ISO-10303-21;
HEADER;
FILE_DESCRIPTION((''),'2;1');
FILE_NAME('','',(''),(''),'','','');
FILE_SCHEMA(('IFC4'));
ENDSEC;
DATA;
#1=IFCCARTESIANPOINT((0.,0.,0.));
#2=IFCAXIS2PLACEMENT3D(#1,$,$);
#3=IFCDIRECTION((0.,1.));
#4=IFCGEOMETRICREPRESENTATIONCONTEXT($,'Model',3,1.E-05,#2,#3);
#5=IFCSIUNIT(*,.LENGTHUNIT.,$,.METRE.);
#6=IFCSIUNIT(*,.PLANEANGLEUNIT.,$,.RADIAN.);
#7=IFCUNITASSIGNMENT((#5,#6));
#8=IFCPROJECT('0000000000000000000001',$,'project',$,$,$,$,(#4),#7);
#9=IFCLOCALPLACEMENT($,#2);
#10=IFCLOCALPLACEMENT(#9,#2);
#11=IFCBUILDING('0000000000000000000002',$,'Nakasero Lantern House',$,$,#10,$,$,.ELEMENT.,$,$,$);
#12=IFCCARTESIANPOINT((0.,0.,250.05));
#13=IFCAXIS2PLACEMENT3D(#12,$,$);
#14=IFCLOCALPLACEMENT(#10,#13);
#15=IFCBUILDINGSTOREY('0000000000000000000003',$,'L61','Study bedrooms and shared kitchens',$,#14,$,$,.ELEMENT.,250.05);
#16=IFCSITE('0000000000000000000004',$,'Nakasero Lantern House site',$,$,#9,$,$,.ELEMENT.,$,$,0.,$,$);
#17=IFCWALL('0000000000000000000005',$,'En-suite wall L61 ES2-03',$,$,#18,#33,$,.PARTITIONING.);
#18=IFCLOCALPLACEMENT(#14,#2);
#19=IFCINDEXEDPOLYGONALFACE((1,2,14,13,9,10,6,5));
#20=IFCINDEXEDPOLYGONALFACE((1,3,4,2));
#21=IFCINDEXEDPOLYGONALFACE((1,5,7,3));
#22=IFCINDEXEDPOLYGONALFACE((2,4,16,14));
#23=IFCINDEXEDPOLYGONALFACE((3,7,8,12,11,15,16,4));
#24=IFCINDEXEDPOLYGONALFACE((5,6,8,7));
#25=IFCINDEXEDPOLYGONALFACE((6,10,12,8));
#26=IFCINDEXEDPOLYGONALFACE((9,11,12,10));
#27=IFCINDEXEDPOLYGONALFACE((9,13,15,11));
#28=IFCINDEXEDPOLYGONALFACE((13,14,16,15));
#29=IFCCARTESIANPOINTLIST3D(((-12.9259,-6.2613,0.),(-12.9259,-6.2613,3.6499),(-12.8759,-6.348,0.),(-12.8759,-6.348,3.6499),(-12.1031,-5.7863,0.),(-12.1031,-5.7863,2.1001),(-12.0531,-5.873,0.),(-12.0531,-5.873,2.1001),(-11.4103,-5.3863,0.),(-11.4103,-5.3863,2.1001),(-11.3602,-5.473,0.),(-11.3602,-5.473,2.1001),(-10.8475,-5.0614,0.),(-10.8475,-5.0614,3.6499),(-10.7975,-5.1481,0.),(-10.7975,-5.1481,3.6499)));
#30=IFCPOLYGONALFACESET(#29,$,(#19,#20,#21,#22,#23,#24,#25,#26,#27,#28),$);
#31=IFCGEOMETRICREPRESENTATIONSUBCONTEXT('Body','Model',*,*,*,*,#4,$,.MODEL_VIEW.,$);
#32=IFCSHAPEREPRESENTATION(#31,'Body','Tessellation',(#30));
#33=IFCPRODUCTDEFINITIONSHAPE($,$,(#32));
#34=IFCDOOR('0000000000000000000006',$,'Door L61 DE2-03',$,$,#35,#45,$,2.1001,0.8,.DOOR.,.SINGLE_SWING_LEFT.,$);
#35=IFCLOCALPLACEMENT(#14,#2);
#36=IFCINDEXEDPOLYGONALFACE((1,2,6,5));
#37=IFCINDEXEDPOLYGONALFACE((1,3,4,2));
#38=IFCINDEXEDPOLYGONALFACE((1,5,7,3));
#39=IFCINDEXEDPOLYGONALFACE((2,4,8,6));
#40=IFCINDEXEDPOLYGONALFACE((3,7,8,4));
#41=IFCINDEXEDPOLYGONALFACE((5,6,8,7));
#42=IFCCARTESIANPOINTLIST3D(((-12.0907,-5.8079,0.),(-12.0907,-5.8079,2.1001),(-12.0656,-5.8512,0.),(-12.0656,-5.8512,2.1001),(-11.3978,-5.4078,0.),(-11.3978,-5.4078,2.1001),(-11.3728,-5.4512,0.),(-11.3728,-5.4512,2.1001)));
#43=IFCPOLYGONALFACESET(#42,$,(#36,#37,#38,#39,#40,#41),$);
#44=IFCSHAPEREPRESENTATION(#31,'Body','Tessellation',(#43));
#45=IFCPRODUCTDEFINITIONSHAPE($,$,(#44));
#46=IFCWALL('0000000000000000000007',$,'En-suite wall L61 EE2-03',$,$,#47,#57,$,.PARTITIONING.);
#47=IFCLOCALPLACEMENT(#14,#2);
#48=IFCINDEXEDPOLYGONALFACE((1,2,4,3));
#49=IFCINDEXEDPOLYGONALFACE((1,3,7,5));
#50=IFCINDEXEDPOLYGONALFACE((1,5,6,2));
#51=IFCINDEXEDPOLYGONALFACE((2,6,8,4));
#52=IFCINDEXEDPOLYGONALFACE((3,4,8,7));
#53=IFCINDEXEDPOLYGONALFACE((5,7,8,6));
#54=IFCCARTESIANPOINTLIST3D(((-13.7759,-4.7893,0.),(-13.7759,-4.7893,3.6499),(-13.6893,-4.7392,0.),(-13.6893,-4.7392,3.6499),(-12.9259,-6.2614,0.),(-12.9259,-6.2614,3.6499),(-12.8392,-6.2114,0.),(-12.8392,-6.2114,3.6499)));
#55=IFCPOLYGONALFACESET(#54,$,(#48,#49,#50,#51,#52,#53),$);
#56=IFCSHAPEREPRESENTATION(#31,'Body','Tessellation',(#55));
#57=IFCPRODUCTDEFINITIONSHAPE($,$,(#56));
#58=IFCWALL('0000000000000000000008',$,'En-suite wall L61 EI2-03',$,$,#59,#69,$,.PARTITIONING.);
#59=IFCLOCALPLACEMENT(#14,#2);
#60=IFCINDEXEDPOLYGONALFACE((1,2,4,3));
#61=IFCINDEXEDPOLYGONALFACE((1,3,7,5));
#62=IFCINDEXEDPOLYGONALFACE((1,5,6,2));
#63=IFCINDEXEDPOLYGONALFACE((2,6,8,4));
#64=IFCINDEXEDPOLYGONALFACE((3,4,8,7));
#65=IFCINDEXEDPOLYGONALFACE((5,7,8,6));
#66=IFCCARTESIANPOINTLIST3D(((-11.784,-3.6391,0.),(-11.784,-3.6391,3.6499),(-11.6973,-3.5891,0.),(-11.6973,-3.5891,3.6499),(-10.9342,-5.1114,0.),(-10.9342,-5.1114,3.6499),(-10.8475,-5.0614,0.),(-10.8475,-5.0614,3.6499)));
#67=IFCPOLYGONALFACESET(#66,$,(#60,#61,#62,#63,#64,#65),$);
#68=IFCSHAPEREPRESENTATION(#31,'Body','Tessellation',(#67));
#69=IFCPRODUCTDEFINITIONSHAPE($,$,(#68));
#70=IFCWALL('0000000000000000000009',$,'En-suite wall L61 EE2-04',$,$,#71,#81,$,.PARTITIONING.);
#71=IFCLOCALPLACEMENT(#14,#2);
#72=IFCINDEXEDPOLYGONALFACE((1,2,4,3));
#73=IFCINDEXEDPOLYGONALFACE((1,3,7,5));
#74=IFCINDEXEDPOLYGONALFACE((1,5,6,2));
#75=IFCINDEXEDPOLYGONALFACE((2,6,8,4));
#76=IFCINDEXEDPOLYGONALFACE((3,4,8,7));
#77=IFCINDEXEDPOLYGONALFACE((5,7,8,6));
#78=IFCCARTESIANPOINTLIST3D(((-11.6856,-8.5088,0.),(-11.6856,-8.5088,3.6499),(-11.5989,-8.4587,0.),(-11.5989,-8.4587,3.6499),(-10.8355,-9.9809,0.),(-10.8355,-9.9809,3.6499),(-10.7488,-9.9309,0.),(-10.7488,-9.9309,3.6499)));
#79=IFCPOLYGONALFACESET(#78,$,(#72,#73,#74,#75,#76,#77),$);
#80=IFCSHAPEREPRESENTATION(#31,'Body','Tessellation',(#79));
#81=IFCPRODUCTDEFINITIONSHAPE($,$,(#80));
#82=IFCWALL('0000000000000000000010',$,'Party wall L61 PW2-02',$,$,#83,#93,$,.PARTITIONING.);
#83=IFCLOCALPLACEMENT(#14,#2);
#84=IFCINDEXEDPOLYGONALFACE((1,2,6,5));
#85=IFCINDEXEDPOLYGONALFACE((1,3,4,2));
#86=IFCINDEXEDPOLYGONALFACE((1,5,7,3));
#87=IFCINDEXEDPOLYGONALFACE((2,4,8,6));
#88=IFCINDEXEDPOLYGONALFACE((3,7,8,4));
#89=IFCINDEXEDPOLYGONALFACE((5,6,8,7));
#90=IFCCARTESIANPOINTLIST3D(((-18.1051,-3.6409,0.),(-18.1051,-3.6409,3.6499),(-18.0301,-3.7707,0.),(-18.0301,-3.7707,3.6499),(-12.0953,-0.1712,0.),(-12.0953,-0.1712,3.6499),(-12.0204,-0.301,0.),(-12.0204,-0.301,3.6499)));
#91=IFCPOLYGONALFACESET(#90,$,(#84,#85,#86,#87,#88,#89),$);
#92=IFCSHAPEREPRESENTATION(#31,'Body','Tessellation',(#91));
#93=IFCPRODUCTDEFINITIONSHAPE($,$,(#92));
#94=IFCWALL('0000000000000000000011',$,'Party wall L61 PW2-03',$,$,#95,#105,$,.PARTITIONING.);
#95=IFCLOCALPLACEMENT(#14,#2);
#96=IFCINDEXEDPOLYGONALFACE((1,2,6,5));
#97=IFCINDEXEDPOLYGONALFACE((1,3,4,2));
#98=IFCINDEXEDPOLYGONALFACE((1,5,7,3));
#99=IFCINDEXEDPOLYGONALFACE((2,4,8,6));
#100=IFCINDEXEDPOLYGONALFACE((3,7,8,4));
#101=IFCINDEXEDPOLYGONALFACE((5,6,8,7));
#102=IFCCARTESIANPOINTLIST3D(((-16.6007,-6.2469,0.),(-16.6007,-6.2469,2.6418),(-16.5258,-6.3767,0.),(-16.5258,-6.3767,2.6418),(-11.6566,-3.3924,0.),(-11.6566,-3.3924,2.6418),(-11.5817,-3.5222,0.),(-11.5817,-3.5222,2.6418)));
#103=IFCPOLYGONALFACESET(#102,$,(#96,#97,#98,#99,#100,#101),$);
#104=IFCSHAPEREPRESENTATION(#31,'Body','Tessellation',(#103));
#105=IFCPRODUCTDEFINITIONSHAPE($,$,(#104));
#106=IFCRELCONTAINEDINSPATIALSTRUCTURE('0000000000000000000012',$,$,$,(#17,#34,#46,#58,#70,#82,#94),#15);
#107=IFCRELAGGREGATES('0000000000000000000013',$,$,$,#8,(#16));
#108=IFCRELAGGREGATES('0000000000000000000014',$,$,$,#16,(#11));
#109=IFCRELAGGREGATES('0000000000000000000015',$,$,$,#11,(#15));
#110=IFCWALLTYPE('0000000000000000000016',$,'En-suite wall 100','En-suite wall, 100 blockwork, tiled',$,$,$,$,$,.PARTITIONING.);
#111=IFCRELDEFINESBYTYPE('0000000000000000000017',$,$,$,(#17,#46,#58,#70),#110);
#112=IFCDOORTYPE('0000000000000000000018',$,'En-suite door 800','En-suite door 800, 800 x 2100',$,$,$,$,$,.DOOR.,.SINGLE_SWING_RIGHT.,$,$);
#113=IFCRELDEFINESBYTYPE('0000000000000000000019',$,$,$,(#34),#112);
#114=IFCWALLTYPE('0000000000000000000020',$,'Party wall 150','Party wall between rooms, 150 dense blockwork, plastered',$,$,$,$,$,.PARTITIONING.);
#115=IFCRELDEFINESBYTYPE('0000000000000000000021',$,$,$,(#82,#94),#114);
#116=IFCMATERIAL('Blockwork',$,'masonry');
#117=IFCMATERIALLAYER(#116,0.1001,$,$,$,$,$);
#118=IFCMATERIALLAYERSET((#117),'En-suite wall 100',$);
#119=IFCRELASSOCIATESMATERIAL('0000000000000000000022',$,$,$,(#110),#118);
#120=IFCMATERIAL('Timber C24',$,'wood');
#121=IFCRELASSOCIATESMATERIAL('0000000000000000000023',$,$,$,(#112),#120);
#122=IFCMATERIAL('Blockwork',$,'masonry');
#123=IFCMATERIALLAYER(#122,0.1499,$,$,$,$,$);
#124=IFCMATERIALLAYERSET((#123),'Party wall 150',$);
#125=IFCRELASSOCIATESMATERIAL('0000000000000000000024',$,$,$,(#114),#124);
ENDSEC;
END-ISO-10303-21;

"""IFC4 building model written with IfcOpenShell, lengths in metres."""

from ifc_helpers import new_model, si_unit, direction, frame, frame_2d, origin, place, context, subcontext, project, spatial, rectangle, extrude, material, layer, layer_set, type_object, element, fill, save


model = new_model("IFC4")

# Units and contexts
model_context = context("Model", 3, precision=1e-05, world=origin(), true_north=direction((0.0, 1.0)))
body_context = subcontext(model_context, "Body", "Model", "MODEL_VIEW")
ifc_project = project(units=[si_unit("LENGTHUNIT", "METRE"), si_unit("PLANEANGLEUNIT", "RADIAN")], contexts=[model_context])

# Site, building, storey
site_placement = place(None, origin())
site = spatial("IfcSite", under=ifc_project, at=site_placement, Name="Nakasero Lantern House site", CompositionType="ELEMENT", RefElevation=0.0)
building_placement = place(site_placement, origin())
building = spatial("IfcBuilding", under=site, at=building_placement, Name="Nakasero Lantern House", CompositionType="ELEMENT")
storey_placement = place(building_placement, frame((0.0, 0.0, 250.05)))
storey = spatial("IfcBuildingStorey", under=building, at=storey_placement, Name="L61", Description="Study bedrooms and shared kitchens", CompositionType="ELEMENT", Elevation=250.05)

# Wall, opening, door
ifc_material_1 = material(Name="Blockwork", Category="masonry")
ifc_layer_1 = layer(ifc_material_1, 0.1001)
ifc_layer_set_1 = layer_set([ifc_layer_1], Name="En-suite wall 100")
wall_type_1 = type_object("IfcWallType", Name="En-suite wall 100", Description="En-suite wall, 100 blockwork, tiled", PredefinedType="PARTITIONING", material=ifc_layer_set_1)
wall_1_placement = place(storey_placement, frame((-10.8225, -5.1047, 0.0), z_axis=(0.0, 0.0, 1.0), x_axis=(-0.866025, -0.500001, 0.0)))
wall_1 = element("IfcWall", 1, at=wall_1_placement, inside=storey, type_object=wall_type_1, Name="En-suite wall L61 ES2-03", PredefinedType="PARTITIONING", context=body_context, shape_type="SweptSolid", body=[
    extrude(rectangle(XDim=2.3999, YDim=0.1001, at=frame_2d((1.2, 0.0))), origin(), (0.0, 0.0, 1.0), 3.6499),
])
opening_1_placement = place(wall_1_placement, frame((0.6499, 0.0, 0.0)))
opening_1 = element("IfcOpeningElement", 2, at=opening_1_placement, cuts=wall_1, PredefinedType="OPENING", context=body_context, shape_type="SweptSolid", body=[
    extrude(rectangle(XDim=0.8, YDim=2.1001, at=frame_2d((0.3999, 1.05))), frame((0.0, 0.0701, 0.0), z_axis=(0.0, -1.0, 0.0), x_axis=(1.0, 0.0, 0.0)), (0.0, 0.0, 1.0), 0.1401),
])
ifc_material_2 = material(Name="Timber C24", Category="wood")
door_type_1 = type_object("IfcDoorType", Name="En-suite door 800", Description="En-suite door 800, 800 x 2100", OperationType="SINGLE_SWING_RIGHT", PredefinedType="DOOR", material=ifc_material_2)
door_1_placement = place(opening_1_placement, origin())
door_1 = element("IfcDoor", 3, at=door_1_placement, inside=storey, type_object=door_type_1, Name="Door L61 DE2-03", OperationType="SINGLE_SWING_LEFT", OverallHeight=2.1001, OverallWidth=0.8, PredefinedType="DOOR", context=body_context, shape_type="SweptSolid", body=[
    extrude(rectangle(XDim=0.8, YDim=2.1001, at=frame_2d((0.3999, 1.05))), frame((0.0, 0.0249, 0.0), z_axis=(0.0, -1.0, 0.0), x_axis=(1.0, 0.0, 0.0)), (0.0, 0.0, 1.0), 0.05),
])
fill(opening_1, door_1)

# Walls
for number, where, z_axis, x_axis, name in (
    (4, (-13.7327, -4.7642, 0.0), (0.0, 0.0, 1.0), (0.500062, -0.865989, 0.0), "En-suite wall L61 EE2-03"),
    (5, (-11.7407, -3.614, 0.0), (0.0, 0.0, 1.0), (0.499892, -0.866088, 0.0), "En-suite wall L61 EI2-03"),
    (6, (-11.6423, -8.4836, 0.0), (0.0, 0.0, 1.0), (0.500062, -0.865989, 0.0), "En-suite wall L61 EE2-04"),
):
    element("IfcWall", number, at=place(storey_placement, frame(where, z_axis=z_axis, x_axis=x_axis)), inside=storey, type_object=wall_type_1, Name=name, PredefinedType="PARTITIONING", context=body_context, shape_type="SweptSolid", body=[
        extrude(rectangle(XDim=1.7, YDim=0.1001, at=frame_2d((0.8501, 0.0))), origin(), (0.0, 0.0, 1.0), 3.6499),
    ])
ifc_material_3 = material(Name="Blockwork", Category="masonry")
ifc_layer_2 = layer(ifc_material_3, 0.1499)
ifc_layer_set_2 = layer_set([ifc_layer_2], Name="Party wall 150")
wall_type_2 = type_object("IfcWallType", Name="Party wall 150", Description="Party wall between rooms, 150 dense blockwork, plastered", PredefinedType="PARTITIONING", material=ifc_layer_set_2)
wall_2_placement = place(storey_placement, frame((-12.0579, -0.2361, 0.0), z_axis=(0.0, 0.0, 1.0), x_axis=(-0.866026, -0.499999, 0.0)))
element("IfcWall", 7, at=wall_2_placement, inside=storey, type_object=wall_type_2, Name="Party wall L61 PW2-02", PredefinedType="PARTITIONING", context=body_context, shape_type="SweptSolid", body=[
    extrude(rectangle(XDim=6.9395, YDim=0.1499, at=frame_2d((3.4697, 0.0))), origin(), (0.0, 0.0, 1.0), 3.6499),
])
wall_3_placement = place(storey_placement, frame((-11.6191, -3.4573, 0.0), z_axis=(0.0, 0.0, 1.0), x_axis=(-0.866024, -0.500003, 0.0)))
element("IfcWall", 8, at=wall_3_placement, inside=storey, type_object=wall_type_2, Name="Party wall L61 PW2-03", PredefinedType="PARTITIONING", context=body_context, shape_type="SweptSolid", body=[
    extrude(rectangle(XDim=5.709, YDim=0.1499, at=frame_2d((2.8545, 0.0))), origin(), (0.0, 0.0, 1.0), 2.6418),
])

save(model, "model.ifc")
